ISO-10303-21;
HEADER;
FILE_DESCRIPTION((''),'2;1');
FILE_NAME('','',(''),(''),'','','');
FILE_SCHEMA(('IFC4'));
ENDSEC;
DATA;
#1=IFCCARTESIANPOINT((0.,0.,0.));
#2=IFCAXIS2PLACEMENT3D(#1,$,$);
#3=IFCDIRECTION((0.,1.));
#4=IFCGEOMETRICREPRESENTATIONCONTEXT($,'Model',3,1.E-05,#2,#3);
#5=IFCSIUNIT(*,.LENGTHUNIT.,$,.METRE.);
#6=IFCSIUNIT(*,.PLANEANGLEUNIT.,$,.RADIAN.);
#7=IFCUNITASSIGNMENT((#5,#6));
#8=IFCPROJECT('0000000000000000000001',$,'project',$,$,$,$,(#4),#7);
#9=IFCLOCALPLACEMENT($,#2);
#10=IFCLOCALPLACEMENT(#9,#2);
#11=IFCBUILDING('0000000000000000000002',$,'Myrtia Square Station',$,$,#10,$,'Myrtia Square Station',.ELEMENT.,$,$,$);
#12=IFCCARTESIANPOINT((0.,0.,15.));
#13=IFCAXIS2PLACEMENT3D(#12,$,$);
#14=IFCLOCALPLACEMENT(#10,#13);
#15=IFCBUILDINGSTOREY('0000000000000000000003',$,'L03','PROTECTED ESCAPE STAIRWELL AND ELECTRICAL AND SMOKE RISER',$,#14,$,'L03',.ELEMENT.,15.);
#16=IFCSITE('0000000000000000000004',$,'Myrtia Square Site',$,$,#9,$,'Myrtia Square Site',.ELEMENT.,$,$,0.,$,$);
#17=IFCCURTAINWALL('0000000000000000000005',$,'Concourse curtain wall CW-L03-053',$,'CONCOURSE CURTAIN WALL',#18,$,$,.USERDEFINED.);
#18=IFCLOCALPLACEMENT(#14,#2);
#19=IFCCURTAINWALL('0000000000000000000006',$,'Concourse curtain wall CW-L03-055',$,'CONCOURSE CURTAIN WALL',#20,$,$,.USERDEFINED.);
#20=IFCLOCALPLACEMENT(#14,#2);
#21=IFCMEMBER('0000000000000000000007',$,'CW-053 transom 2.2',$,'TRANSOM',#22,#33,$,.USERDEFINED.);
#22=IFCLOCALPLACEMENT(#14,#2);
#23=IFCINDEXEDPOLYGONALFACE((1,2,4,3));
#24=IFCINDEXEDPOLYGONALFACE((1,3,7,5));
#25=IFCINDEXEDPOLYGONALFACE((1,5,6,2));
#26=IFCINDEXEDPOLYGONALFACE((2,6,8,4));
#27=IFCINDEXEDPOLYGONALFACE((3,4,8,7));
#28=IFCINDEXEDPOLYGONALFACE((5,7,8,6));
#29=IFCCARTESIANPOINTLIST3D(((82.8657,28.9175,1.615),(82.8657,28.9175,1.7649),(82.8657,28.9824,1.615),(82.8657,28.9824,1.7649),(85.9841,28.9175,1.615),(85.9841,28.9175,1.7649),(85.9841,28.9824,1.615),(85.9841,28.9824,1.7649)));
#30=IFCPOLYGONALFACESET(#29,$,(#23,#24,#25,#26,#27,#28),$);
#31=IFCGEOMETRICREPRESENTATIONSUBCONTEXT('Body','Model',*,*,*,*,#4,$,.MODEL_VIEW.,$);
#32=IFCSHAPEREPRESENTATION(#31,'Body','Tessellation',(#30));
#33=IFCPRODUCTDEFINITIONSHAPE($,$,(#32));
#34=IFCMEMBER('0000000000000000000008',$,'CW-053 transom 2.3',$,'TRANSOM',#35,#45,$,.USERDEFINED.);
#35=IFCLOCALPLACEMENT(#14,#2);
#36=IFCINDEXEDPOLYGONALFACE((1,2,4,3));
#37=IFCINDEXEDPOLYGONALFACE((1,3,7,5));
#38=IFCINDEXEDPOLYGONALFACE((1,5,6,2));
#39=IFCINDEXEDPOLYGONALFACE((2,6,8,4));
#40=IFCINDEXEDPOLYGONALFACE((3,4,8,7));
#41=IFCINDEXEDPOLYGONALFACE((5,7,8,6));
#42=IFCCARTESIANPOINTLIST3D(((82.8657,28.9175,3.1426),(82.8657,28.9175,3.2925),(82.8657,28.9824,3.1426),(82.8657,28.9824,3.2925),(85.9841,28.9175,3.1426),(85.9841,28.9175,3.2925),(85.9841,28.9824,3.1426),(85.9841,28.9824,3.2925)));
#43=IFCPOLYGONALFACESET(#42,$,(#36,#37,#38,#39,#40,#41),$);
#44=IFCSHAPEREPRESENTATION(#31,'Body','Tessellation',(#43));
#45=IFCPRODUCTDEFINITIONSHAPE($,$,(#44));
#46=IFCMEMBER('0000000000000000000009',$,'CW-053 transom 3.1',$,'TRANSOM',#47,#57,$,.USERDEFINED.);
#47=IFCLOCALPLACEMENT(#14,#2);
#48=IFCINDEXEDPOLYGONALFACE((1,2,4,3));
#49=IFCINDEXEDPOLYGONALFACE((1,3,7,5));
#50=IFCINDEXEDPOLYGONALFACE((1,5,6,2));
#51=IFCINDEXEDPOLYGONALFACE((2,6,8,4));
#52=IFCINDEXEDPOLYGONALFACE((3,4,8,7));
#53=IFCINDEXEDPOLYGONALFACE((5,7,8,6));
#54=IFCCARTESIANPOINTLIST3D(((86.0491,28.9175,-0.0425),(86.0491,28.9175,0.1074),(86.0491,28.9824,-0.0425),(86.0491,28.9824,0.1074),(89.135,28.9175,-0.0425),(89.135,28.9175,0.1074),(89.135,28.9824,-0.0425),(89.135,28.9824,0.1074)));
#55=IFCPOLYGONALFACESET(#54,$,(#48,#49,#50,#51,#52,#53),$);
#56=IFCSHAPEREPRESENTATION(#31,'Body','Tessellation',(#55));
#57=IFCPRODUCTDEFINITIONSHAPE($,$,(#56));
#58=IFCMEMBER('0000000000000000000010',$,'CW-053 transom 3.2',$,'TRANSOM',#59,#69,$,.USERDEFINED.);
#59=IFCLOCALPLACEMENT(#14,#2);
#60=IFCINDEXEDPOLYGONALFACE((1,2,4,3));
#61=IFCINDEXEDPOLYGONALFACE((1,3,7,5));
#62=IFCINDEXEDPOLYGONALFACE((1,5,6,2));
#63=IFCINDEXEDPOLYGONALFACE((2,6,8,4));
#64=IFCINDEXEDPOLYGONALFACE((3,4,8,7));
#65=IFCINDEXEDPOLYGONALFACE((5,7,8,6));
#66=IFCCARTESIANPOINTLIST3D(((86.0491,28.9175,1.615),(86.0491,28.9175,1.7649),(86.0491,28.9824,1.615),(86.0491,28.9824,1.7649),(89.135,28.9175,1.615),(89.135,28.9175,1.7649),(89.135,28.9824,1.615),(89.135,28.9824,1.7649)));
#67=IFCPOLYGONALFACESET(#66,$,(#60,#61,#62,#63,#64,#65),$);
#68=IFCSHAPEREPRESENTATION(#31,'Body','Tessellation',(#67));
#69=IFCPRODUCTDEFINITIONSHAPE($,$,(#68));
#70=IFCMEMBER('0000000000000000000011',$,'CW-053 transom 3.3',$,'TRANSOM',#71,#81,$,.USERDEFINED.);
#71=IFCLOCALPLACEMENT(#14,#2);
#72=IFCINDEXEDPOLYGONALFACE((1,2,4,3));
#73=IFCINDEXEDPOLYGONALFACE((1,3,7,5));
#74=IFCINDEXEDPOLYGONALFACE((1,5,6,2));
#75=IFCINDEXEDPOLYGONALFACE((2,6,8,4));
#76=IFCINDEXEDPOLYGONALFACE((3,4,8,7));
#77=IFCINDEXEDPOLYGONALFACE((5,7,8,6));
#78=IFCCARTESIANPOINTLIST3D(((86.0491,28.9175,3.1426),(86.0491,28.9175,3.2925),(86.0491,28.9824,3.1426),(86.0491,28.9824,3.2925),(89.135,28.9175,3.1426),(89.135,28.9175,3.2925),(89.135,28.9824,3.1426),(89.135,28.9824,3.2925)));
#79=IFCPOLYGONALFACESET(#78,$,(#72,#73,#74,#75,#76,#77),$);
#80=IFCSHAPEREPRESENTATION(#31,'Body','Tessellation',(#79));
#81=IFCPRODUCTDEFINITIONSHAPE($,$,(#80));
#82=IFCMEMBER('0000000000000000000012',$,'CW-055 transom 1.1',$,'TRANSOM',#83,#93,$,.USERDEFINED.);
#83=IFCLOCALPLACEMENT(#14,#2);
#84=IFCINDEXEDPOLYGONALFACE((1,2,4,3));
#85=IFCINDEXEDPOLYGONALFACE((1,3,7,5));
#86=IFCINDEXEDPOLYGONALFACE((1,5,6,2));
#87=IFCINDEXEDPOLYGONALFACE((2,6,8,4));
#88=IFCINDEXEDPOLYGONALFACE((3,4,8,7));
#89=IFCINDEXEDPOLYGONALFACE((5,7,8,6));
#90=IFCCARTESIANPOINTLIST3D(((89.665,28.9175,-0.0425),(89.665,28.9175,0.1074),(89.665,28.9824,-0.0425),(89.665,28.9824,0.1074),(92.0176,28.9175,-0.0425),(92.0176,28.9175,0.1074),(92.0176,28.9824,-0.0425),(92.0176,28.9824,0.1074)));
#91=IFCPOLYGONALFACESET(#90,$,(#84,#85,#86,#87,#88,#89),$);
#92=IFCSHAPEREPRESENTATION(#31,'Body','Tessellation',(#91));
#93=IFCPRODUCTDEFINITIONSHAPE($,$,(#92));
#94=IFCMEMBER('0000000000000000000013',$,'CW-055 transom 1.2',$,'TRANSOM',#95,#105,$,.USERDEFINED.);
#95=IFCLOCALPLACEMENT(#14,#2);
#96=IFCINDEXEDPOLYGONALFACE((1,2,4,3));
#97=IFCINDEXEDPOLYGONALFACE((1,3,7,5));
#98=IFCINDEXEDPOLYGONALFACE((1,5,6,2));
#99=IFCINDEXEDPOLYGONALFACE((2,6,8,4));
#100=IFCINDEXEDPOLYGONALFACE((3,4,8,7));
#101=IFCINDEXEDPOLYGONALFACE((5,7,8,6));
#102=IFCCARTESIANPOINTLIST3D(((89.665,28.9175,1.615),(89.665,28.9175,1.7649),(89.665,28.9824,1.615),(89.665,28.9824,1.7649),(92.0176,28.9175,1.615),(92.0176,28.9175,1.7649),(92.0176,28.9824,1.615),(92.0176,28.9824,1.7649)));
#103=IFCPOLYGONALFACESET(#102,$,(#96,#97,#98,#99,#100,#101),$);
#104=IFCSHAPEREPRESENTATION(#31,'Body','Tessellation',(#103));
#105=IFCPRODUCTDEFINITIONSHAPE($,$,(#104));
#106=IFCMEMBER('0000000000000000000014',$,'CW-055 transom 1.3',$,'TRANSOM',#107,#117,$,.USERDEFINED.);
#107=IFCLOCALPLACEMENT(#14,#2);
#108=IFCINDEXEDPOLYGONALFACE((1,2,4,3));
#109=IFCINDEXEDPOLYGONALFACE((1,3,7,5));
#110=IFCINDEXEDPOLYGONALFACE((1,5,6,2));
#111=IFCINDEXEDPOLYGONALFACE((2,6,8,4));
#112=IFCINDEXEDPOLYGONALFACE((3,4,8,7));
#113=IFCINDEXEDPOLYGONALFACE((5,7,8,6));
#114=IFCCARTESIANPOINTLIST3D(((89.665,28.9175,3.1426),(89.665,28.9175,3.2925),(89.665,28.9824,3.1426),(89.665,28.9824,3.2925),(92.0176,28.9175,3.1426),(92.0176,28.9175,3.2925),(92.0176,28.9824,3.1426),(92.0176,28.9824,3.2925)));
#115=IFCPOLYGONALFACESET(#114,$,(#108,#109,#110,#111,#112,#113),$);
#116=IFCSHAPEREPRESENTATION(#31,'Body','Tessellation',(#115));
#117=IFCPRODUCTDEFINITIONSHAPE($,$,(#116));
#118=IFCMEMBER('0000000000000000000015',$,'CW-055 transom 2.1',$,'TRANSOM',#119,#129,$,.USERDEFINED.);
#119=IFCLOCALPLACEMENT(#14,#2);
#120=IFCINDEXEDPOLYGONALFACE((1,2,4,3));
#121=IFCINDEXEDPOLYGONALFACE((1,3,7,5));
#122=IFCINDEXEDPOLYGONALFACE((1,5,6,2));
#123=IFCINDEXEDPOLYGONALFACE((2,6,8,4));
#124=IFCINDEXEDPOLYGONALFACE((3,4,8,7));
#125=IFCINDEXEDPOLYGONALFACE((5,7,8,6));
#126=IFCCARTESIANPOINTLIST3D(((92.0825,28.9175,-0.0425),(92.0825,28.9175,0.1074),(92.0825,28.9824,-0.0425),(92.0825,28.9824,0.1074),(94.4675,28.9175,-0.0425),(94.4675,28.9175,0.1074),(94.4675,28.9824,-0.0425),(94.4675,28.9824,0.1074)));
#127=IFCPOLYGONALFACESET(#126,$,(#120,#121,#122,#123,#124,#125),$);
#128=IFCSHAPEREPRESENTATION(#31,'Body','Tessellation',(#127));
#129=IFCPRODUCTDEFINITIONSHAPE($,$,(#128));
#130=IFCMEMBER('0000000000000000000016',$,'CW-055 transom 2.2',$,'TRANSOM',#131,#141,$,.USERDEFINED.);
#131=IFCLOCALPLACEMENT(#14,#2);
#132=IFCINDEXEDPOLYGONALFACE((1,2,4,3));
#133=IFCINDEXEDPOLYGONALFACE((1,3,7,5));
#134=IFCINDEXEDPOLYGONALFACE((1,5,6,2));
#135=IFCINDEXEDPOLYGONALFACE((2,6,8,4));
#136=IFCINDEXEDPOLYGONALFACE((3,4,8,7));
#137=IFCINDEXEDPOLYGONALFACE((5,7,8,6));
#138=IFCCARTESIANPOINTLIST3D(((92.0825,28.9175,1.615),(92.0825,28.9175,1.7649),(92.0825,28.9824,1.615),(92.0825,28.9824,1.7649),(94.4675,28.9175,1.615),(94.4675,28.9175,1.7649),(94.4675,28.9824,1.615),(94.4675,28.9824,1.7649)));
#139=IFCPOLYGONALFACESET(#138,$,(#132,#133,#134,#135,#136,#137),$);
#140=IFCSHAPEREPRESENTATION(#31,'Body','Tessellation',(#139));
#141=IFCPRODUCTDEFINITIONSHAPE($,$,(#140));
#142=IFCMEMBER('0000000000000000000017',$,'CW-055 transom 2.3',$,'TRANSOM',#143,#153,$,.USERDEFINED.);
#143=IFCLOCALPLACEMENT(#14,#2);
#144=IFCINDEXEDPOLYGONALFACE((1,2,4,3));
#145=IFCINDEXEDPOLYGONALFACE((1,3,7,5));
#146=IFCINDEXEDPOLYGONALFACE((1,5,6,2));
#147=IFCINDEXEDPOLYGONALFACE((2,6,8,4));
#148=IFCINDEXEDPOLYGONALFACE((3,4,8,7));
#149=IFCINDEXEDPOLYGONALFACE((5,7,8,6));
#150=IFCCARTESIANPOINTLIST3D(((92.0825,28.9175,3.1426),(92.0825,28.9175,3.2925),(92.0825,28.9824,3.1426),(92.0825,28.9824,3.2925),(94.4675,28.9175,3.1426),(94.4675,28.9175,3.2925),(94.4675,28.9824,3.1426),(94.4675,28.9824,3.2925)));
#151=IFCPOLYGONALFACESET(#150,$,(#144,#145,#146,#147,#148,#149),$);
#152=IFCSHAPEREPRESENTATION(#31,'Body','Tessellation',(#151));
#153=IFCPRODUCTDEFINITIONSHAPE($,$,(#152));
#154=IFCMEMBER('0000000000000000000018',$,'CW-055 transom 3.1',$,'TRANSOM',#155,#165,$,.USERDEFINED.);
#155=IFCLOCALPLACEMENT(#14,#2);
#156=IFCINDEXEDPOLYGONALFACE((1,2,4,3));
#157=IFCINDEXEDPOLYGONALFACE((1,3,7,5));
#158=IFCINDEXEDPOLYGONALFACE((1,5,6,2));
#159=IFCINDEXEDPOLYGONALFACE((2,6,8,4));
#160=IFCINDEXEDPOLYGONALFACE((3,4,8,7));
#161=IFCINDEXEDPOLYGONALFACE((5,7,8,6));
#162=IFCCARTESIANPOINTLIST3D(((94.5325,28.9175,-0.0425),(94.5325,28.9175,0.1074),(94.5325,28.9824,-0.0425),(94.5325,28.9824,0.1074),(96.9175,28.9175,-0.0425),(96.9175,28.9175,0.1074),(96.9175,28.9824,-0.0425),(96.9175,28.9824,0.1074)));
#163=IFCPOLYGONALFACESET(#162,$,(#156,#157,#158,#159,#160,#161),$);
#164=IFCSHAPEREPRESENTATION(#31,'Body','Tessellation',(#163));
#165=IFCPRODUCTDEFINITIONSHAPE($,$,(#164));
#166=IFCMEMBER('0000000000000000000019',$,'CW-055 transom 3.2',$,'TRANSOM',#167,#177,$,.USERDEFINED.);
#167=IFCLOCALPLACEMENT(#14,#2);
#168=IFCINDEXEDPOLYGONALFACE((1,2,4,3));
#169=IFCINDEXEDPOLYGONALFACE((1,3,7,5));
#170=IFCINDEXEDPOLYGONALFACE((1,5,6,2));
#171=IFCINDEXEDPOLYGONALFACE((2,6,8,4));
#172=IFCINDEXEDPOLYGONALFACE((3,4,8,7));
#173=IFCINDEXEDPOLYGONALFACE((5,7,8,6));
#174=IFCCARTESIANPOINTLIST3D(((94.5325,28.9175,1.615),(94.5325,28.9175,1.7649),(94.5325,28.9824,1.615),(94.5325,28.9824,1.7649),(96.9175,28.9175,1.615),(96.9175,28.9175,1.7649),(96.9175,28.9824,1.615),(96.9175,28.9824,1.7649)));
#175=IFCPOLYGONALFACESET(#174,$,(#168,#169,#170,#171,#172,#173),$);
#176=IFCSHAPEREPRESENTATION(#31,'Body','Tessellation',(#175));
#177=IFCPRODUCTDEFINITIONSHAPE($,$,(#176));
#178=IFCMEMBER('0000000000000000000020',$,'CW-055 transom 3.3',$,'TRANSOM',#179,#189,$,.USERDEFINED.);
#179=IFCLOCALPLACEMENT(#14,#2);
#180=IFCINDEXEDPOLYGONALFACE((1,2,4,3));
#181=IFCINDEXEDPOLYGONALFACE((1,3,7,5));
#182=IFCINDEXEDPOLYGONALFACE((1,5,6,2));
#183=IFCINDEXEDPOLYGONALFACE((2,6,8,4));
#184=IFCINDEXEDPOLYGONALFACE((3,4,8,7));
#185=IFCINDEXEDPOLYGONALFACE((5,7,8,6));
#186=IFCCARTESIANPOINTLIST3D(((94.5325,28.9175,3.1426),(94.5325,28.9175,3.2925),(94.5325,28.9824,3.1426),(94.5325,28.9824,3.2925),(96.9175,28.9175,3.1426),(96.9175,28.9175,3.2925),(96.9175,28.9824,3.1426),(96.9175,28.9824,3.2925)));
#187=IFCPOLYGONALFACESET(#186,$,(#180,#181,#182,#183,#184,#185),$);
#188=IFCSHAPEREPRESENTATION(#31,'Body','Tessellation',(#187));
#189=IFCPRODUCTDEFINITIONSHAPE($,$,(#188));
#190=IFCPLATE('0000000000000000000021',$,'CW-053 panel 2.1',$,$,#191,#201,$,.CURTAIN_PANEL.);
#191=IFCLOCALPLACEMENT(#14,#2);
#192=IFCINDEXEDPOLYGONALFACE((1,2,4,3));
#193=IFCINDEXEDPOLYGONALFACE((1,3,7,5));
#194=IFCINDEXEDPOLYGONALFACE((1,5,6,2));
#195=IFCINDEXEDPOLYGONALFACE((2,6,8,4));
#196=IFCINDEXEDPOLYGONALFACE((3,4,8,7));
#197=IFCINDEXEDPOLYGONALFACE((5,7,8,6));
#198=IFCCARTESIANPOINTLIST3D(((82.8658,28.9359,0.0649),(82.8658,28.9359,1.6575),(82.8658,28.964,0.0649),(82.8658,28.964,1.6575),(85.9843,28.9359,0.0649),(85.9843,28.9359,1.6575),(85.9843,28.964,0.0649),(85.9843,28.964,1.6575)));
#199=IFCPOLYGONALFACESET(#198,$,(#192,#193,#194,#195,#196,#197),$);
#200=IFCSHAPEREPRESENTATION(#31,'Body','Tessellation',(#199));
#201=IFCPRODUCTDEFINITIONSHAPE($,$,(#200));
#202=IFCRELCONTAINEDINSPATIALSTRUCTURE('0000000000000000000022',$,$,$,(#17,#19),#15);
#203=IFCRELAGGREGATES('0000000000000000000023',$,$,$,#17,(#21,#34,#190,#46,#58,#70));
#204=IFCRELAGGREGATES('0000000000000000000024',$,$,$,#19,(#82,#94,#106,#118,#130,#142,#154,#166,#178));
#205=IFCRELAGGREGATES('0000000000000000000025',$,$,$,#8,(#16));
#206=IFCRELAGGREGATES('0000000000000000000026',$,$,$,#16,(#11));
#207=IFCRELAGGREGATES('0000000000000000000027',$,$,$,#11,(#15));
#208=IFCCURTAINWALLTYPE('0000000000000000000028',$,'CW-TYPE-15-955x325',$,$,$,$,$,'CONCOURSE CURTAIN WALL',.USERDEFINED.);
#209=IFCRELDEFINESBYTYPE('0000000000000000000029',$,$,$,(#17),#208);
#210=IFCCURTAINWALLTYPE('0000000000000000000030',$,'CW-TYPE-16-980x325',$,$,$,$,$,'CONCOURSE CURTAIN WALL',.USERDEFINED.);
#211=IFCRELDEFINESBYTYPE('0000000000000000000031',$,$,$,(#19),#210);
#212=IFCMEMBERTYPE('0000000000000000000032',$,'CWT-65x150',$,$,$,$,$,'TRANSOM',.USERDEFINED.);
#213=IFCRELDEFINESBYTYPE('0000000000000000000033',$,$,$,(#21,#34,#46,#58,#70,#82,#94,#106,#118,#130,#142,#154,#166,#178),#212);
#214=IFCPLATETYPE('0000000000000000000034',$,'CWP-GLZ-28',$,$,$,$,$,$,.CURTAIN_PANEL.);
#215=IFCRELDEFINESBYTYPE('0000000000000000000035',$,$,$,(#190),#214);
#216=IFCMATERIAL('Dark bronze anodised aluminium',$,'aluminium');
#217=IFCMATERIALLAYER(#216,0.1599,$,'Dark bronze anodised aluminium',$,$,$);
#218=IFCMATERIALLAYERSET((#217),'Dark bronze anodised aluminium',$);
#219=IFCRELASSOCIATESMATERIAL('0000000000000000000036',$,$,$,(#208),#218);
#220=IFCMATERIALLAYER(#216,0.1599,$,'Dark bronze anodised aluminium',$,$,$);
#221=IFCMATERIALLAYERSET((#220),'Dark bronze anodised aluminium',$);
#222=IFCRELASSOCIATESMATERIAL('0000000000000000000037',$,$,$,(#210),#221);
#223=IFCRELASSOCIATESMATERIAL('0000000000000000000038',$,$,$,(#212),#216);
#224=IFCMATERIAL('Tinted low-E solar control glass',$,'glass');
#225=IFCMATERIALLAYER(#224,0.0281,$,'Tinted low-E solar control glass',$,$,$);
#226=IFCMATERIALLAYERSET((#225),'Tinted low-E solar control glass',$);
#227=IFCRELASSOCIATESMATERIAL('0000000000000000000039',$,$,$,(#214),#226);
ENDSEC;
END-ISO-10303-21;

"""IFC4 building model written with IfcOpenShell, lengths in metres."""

from ifc_helpers import new_model, si_unit, direction, frame, origin, origin_2d, place, context, subcontext, project, spatial, rectangle, extrude, material, layer, layer_set, material_profile, profile_set, type_object, element, aggregate, save


model = new_model("IFC4")

# Units and contexts
model_context = context("Model", 3, precision=1e-05, world=origin(), true_north=direction((0.0, 1.0)))
body_context = subcontext(model_context, "Body", "Model", "MODEL_VIEW")
ifc_project = project(units=[si_unit("LENGTHUNIT", "METRE"), si_unit("PLANEANGLEUNIT", "RADIAN")], contexts=[model_context])

# Site, building, storey
site_placement = place(None, origin())
site = spatial("IfcSite", under=ifc_project, at=site_placement, Name="Myrtia Square Site", LongName="Myrtia Square Site", CompositionType="ELEMENT", RefElevation=0.0)
building_placement = place(site_placement, origin())
building = spatial("IfcBuilding", under=site, at=building_placement, Name="Myrtia Square Station", LongName="Myrtia Square Station", CompositionType="ELEMENT")
storey_placement = place(building_placement, frame((0.0, 0.0, 15.0)))
storey = spatial("IfcBuildingStorey", under=building, at=storey_placement, Name="L03", Description="PROTECTED ESCAPE STAIRWELL AND ELECTRICAL AND SMOKE RISER", LongName="L03", CompositionType="ELEMENT", Elevation=15.0)

# Curtain walls
ifc_material_1 = material(Name="Dark bronze anodised aluminium", Category="aluminium")
ifc_layer_1 = layer(ifc_material_1, 0.1599, Name="Dark bronze anodised aluminium")
ifc_layer_set_1 = layer_set([ifc_layer_1], Name="Dark bronze anodised aluminium")
curtain_wall_type_1 = type_object("IfcCurtainWallType", Name="CW-TYPE-15-955x325", ElementType="CONCOURSE CURTAIN WALL", PredefinedType="USERDEFINED", material=ifc_layer_set_1)
curtain_wall_1_placement = place(storey_placement, origin())
curtain_wall_1 = element("IfcCurtainWall", 1, at=curtain_wall_1_placement, inside=storey, type_object=curtain_wall_type_1, Name="Concourse curtain wall CW-L03-053", ObjectType="CONCOURSE CURTAIN WALL", PredefinedType="USERDEFINED")
ifc_layer_2 = layer(ifc_material_1, 0.1599, Name="Dark bronze anodised aluminium")
ifc_layer_set_2 = layer_set([ifc_layer_2], Name="Dark bronze anodised aluminium")
curtain_wall_type_2 = type_object("IfcCurtainWallType", Name="CW-TYPE-16-980x325", ElementType="CONCOURSE CURTAIN WALL", PredefinedType="USERDEFINED", material=ifc_layer_set_2)
curtain_wall_2_placement = place(storey_placement, origin())
curtain_wall_2 = element("IfcCurtainWall", 2, at=curtain_wall_2_placement, inside=storey, type_object=curtain_wall_type_2, Name="Concourse curtain wall CW-L03-055", ObjectType="CONCOURSE CURTAIN WALL", PredefinedType="USERDEFINED")

# Members
ifc_material_profile_1 = material_profile(ifc_material_1, rectangle(XDim=0.0649, YDim=0.1499, at=origin_2d()), Name="ALU-T 65x150")
ifc_profile_set_1 = profile_set([ifc_material_profile_1], Name="Dark bronze anodised aluminium")
member_type_1 = type_object("IfcMemberType", Name="CWT-65x150", ElementType="TRANSOM", PredefinedType="USERDEFINED", material=ifc_profile_set_1)
member_1_placement = place(storey_placement, frame((82.8657, 28.95, 1.6899), z_axis=(1.0, 0.0, 0.0), x_axis=(0.0, 1.0, 0.0)))
member_1 = element("IfcMember", 3, at=member_1_placement, type_object=member_type_1, Name="CW-053 transom 2.2", ObjectType="TRANSOM", PredefinedType="USERDEFINED", context=body_context, shape_type="SweptSolid", body=[
    extrude(rectangle(XDim=0.0649, YDim=0.1499, at=origin_2d()), origin(), (0.0, 0.0, 1.0), 3.1184),
])
member_2_placement = place(storey_placement, frame((82.8657, 28.95, 3.2175), z_axis=(1.0, 0.0, 0.0), x_axis=(0.0, 1.0, 0.0)))
member_2 = element("IfcMember", 4, at=member_2_placement, type_object=member_type_1, Name="CW-053 transom 2.3", ObjectType="TRANSOM", PredefinedType="USERDEFINED", context=body_context, shape_type="SweptSolid", body=[
    extrude(rectangle(XDim=0.0649, YDim=0.1499, at=origin_2d()), origin(), (0.0, 0.0, 1.0), 3.1184),
])
member_3_placement = place(storey_placement, frame((86.0491, 28.95, 0.0325), z_axis=(1.0, 0.0, 0.0), x_axis=(0.0, 1.0, 0.0)))
member_3 = element("IfcMember", 5, at=member_3_placement, type_object=member_type_1, Name="CW-053 transom 3.1", ObjectType="TRANSOM", PredefinedType="USERDEFINED", context=body_context, shape_type="SweptSolid", body=[
    extrude(rectangle(XDim=0.0649, YDim=0.1499, at=origin_2d()), origin(), (0.0, 0.0, 1.0), 3.0859),
])
member_4_placement = place(storey_placement, frame((86.0491, 28.95, 1.6899), z_axis=(1.0, 0.0, 0.0), x_axis=(0.0, 1.0, 0.0)))
member_4 = element("IfcMember", 6, at=member_4_placement, type_object=member_type_1, Name="CW-053 transom 3.2", ObjectType="TRANSOM", PredefinedType="USERDEFINED", context=body_context, shape_type="SweptSolid", body=[
    extrude(rectangle(XDim=0.0649, YDim=0.1499, at=origin_2d()), origin(), (0.0, 0.0, 1.0), 3.0859),
])
member_5_placement = place(storey_placement, frame((86.0491, 28.95, 3.2175), z_axis=(1.0, 0.0, 0.0), x_axis=(0.0, 1.0, 0.0)))
member_5 = element("IfcMember", 7, at=member_5_placement, type_object=member_type_1, Name="CW-053 transom 3.3", ObjectType="TRANSOM", PredefinedType="USERDEFINED", context=body_context, shape_type="SweptSolid", body=[
    extrude(rectangle(XDim=0.0649, YDim=0.1499, at=origin_2d()), origin(), (0.0, 0.0, 1.0), 3.0859),
])
member_6_placement = place(storey_placement, frame((89.665, 28.95, 0.0325), z_axis=(1.0, 0.0, 0.0), x_axis=(0.0, 1.0, 0.0)))
member_6 = element("IfcMember", 8, at=member_6_placement, type_object=member_type_1, Name="CW-055 transom 1.1", ObjectType="TRANSOM", PredefinedType="USERDEFINED", context=body_context, shape_type="SweptSolid", body=[
    extrude(rectangle(XDim=0.0649, YDim=0.1499, at=origin_2d()), origin(), (0.0, 0.0, 1.0), 2.3525),
])
member_7_placement = place(storey_placement, frame((89.665, 28.95, 1.6899), z_axis=(1.0, 0.0, 0.0), x_axis=(0.0, 1.0, 0.0)))
member_7 = element("IfcMember", 9, at=member_7_placement, type_object=member_type_1, Name="CW-055 transom 1.2", ObjectType="TRANSOM", PredefinedType="USERDEFINED", context=body_context, shape_type="SweptSolid", body=[
    extrude(rectangle(XDim=0.0649, YDim=0.1499, at=origin_2d()), origin(), (0.0, 0.0, 1.0), 2.3525),
])
member_8_placement = place(storey_placement, frame((89.665, 28.95, 3.2175), z_axis=(1.0, 0.0, 0.0), x_axis=(0.0, 1.0, 0.0)))
member_8 = element("IfcMember", 10, at=member_8_placement, type_object=member_type_1, Name="CW-055 transom 1.3", ObjectType="TRANSOM", PredefinedType="USERDEFINED", context=body_context, shape_type="SweptSolid", body=[
    extrude(rectangle(XDim=0.0649, YDim=0.1499, at=origin_2d()), origin(), (0.0, 0.0, 1.0), 2.3525),
])
member_9_placement = place(storey_placement, frame((92.0825, 28.95, 0.0325), z_axis=(1.0, 0.0, 0.0), x_axis=(0.0, 1.0, 0.0)))
member_9 = element("IfcMember", 11, at=member_9_placement, type_object=member_type_1, Name="CW-055 transom 2.1", ObjectType="TRANSOM", PredefinedType="USERDEFINED", context=body_context, shape_type="SweptSolid", body=[
    extrude(rectangle(XDim=0.0649, YDim=0.1499, at=origin_2d()), origin(), (0.0, 0.0, 1.0), 2.385),
])
member_10_placement = place(storey_placement, frame((92.0825, 28.95, 1.6899), z_axis=(1.0, 0.0, 0.0), x_axis=(0.0, 1.0, 0.0)))
member_10 = element("IfcMember", 12, at=member_10_placement, type_object=member_type_1, Name="CW-055 transom 2.2", ObjectType="TRANSOM", PredefinedType="USERDEFINED", context=body_context, shape_type="SweptSolid", body=[
    extrude(rectangle(XDim=0.0649, YDim=0.1499, at=origin_2d()), origin(), (0.0, 0.0, 1.0), 2.385),
])
member_11_placement = place(storey_placement, frame((92.0825, 28.95, 3.2175), z_axis=(1.0, 0.0, 0.0), x_axis=(0.0, 1.0, 0.0)))
member_11 = element("IfcMember", 13, at=member_11_placement, type_object=member_type_1, Name="CW-055 transom 2.3", ObjectType="TRANSOM", PredefinedType="USERDEFINED", context=body_context, shape_type="SweptSolid", body=[
    extrude(rectangle(XDim=0.0649, YDim=0.1499, at=origin_2d()), origin(), (0.0, 0.0, 1.0), 2.385),
])
member_12_placement = place(storey_placement, frame((94.5325, 28.95, 0.0325), z_axis=(1.0, 0.0, 0.0), x_axis=(0.0, 1.0, 0.0)))
member_12 = element("IfcMember", 14, at=member_12_placement, type_object=member_type_1, Name="CW-055 transom 3.1", ObjectType="TRANSOM", PredefinedType="USERDEFINED", context=body_context, shape_type="SweptSolid", body=[
    extrude(rectangle(XDim=0.0649, YDim=0.1499, at=origin_2d()), origin(), (0.0, 0.0, 1.0), 2.385),
])
member_13_placement = place(storey_placement, frame((94.5325, 28.95, 1.6899), z_axis=(1.0, 0.0, 0.0), x_axis=(0.0, 1.0, 0.0)))
member_13 = element("IfcMember", 15, at=member_13_placement, type_object=member_type_1, Name="CW-055 transom 3.2", ObjectType="TRANSOM", PredefinedType="USERDEFINED", context=body_context, shape_type="SweptSolid", body=[
    extrude(rectangle(XDim=0.0649, YDim=0.1499, at=origin_2d()), origin(), (0.0, 0.0, 1.0), 2.385),
])
member_14_placement = place(storey_placement, frame((94.5325, 28.95, 3.2175), z_axis=(1.0, 0.0, 0.0), x_axis=(0.0, 1.0, 0.0)))
member_14 = element("IfcMember", 16, at=member_14_placement, type_object=member_type_1, Name="CW-055 transom 3.3", ObjectType="TRANSOM", PredefinedType="USERDEFINED", context=body_context, shape_type="SweptSolid", body=[
    extrude(rectangle(XDim=0.0649, YDim=0.1499, at=origin_2d()), origin(), (0.0, 0.0, 1.0), 2.385),
])

# Plate
ifc_material_2 = material(Name="Tinted low-E solar control glass", Category="glass")
ifc_layer_3 = layer(ifc_material_2, 0.0281, Name="Tinted low-E solar control glass")
ifc_layer_set_3 = layer_set([ifc_layer_3], Name="Tinted low-E solar control glass")
plate_type_1 = type_object("IfcPlateType", Name="CWP-GLZ-28", PredefinedType="CURTAIN_PANEL", material=ifc_layer_set_3)
plate_1_placement = place(storey_placement, frame((84.425, 28.95, 0.0649), z_axis=(0.0, 0.0, 1.0), x_axis=(1.0, 0.0, 0.0)))
plate_1 = element("IfcPlate", 17, at=plate_1_placement, type_object=plate_type_1, Name="CW-053 panel 2.1", PredefinedType="CURTAIN_PANEL", context=body_context, shape_type="SweptSolid", body=[
    extrude(rectangle(XDim=3.1184, YDim=0.0281, at=origin_2d()), origin(), (0.0, 0.0, 1.0), 1.5925),
])
aggregate(curtain_wall_1, [member_1, member_2, plate_1, member_3, member_4, member_5])
aggregate(curtain_wall_2, [member_6, member_7, member_8, member_9, member_10, member_11, member_12, member_13, member_14])

save(model, "model.ifc")
